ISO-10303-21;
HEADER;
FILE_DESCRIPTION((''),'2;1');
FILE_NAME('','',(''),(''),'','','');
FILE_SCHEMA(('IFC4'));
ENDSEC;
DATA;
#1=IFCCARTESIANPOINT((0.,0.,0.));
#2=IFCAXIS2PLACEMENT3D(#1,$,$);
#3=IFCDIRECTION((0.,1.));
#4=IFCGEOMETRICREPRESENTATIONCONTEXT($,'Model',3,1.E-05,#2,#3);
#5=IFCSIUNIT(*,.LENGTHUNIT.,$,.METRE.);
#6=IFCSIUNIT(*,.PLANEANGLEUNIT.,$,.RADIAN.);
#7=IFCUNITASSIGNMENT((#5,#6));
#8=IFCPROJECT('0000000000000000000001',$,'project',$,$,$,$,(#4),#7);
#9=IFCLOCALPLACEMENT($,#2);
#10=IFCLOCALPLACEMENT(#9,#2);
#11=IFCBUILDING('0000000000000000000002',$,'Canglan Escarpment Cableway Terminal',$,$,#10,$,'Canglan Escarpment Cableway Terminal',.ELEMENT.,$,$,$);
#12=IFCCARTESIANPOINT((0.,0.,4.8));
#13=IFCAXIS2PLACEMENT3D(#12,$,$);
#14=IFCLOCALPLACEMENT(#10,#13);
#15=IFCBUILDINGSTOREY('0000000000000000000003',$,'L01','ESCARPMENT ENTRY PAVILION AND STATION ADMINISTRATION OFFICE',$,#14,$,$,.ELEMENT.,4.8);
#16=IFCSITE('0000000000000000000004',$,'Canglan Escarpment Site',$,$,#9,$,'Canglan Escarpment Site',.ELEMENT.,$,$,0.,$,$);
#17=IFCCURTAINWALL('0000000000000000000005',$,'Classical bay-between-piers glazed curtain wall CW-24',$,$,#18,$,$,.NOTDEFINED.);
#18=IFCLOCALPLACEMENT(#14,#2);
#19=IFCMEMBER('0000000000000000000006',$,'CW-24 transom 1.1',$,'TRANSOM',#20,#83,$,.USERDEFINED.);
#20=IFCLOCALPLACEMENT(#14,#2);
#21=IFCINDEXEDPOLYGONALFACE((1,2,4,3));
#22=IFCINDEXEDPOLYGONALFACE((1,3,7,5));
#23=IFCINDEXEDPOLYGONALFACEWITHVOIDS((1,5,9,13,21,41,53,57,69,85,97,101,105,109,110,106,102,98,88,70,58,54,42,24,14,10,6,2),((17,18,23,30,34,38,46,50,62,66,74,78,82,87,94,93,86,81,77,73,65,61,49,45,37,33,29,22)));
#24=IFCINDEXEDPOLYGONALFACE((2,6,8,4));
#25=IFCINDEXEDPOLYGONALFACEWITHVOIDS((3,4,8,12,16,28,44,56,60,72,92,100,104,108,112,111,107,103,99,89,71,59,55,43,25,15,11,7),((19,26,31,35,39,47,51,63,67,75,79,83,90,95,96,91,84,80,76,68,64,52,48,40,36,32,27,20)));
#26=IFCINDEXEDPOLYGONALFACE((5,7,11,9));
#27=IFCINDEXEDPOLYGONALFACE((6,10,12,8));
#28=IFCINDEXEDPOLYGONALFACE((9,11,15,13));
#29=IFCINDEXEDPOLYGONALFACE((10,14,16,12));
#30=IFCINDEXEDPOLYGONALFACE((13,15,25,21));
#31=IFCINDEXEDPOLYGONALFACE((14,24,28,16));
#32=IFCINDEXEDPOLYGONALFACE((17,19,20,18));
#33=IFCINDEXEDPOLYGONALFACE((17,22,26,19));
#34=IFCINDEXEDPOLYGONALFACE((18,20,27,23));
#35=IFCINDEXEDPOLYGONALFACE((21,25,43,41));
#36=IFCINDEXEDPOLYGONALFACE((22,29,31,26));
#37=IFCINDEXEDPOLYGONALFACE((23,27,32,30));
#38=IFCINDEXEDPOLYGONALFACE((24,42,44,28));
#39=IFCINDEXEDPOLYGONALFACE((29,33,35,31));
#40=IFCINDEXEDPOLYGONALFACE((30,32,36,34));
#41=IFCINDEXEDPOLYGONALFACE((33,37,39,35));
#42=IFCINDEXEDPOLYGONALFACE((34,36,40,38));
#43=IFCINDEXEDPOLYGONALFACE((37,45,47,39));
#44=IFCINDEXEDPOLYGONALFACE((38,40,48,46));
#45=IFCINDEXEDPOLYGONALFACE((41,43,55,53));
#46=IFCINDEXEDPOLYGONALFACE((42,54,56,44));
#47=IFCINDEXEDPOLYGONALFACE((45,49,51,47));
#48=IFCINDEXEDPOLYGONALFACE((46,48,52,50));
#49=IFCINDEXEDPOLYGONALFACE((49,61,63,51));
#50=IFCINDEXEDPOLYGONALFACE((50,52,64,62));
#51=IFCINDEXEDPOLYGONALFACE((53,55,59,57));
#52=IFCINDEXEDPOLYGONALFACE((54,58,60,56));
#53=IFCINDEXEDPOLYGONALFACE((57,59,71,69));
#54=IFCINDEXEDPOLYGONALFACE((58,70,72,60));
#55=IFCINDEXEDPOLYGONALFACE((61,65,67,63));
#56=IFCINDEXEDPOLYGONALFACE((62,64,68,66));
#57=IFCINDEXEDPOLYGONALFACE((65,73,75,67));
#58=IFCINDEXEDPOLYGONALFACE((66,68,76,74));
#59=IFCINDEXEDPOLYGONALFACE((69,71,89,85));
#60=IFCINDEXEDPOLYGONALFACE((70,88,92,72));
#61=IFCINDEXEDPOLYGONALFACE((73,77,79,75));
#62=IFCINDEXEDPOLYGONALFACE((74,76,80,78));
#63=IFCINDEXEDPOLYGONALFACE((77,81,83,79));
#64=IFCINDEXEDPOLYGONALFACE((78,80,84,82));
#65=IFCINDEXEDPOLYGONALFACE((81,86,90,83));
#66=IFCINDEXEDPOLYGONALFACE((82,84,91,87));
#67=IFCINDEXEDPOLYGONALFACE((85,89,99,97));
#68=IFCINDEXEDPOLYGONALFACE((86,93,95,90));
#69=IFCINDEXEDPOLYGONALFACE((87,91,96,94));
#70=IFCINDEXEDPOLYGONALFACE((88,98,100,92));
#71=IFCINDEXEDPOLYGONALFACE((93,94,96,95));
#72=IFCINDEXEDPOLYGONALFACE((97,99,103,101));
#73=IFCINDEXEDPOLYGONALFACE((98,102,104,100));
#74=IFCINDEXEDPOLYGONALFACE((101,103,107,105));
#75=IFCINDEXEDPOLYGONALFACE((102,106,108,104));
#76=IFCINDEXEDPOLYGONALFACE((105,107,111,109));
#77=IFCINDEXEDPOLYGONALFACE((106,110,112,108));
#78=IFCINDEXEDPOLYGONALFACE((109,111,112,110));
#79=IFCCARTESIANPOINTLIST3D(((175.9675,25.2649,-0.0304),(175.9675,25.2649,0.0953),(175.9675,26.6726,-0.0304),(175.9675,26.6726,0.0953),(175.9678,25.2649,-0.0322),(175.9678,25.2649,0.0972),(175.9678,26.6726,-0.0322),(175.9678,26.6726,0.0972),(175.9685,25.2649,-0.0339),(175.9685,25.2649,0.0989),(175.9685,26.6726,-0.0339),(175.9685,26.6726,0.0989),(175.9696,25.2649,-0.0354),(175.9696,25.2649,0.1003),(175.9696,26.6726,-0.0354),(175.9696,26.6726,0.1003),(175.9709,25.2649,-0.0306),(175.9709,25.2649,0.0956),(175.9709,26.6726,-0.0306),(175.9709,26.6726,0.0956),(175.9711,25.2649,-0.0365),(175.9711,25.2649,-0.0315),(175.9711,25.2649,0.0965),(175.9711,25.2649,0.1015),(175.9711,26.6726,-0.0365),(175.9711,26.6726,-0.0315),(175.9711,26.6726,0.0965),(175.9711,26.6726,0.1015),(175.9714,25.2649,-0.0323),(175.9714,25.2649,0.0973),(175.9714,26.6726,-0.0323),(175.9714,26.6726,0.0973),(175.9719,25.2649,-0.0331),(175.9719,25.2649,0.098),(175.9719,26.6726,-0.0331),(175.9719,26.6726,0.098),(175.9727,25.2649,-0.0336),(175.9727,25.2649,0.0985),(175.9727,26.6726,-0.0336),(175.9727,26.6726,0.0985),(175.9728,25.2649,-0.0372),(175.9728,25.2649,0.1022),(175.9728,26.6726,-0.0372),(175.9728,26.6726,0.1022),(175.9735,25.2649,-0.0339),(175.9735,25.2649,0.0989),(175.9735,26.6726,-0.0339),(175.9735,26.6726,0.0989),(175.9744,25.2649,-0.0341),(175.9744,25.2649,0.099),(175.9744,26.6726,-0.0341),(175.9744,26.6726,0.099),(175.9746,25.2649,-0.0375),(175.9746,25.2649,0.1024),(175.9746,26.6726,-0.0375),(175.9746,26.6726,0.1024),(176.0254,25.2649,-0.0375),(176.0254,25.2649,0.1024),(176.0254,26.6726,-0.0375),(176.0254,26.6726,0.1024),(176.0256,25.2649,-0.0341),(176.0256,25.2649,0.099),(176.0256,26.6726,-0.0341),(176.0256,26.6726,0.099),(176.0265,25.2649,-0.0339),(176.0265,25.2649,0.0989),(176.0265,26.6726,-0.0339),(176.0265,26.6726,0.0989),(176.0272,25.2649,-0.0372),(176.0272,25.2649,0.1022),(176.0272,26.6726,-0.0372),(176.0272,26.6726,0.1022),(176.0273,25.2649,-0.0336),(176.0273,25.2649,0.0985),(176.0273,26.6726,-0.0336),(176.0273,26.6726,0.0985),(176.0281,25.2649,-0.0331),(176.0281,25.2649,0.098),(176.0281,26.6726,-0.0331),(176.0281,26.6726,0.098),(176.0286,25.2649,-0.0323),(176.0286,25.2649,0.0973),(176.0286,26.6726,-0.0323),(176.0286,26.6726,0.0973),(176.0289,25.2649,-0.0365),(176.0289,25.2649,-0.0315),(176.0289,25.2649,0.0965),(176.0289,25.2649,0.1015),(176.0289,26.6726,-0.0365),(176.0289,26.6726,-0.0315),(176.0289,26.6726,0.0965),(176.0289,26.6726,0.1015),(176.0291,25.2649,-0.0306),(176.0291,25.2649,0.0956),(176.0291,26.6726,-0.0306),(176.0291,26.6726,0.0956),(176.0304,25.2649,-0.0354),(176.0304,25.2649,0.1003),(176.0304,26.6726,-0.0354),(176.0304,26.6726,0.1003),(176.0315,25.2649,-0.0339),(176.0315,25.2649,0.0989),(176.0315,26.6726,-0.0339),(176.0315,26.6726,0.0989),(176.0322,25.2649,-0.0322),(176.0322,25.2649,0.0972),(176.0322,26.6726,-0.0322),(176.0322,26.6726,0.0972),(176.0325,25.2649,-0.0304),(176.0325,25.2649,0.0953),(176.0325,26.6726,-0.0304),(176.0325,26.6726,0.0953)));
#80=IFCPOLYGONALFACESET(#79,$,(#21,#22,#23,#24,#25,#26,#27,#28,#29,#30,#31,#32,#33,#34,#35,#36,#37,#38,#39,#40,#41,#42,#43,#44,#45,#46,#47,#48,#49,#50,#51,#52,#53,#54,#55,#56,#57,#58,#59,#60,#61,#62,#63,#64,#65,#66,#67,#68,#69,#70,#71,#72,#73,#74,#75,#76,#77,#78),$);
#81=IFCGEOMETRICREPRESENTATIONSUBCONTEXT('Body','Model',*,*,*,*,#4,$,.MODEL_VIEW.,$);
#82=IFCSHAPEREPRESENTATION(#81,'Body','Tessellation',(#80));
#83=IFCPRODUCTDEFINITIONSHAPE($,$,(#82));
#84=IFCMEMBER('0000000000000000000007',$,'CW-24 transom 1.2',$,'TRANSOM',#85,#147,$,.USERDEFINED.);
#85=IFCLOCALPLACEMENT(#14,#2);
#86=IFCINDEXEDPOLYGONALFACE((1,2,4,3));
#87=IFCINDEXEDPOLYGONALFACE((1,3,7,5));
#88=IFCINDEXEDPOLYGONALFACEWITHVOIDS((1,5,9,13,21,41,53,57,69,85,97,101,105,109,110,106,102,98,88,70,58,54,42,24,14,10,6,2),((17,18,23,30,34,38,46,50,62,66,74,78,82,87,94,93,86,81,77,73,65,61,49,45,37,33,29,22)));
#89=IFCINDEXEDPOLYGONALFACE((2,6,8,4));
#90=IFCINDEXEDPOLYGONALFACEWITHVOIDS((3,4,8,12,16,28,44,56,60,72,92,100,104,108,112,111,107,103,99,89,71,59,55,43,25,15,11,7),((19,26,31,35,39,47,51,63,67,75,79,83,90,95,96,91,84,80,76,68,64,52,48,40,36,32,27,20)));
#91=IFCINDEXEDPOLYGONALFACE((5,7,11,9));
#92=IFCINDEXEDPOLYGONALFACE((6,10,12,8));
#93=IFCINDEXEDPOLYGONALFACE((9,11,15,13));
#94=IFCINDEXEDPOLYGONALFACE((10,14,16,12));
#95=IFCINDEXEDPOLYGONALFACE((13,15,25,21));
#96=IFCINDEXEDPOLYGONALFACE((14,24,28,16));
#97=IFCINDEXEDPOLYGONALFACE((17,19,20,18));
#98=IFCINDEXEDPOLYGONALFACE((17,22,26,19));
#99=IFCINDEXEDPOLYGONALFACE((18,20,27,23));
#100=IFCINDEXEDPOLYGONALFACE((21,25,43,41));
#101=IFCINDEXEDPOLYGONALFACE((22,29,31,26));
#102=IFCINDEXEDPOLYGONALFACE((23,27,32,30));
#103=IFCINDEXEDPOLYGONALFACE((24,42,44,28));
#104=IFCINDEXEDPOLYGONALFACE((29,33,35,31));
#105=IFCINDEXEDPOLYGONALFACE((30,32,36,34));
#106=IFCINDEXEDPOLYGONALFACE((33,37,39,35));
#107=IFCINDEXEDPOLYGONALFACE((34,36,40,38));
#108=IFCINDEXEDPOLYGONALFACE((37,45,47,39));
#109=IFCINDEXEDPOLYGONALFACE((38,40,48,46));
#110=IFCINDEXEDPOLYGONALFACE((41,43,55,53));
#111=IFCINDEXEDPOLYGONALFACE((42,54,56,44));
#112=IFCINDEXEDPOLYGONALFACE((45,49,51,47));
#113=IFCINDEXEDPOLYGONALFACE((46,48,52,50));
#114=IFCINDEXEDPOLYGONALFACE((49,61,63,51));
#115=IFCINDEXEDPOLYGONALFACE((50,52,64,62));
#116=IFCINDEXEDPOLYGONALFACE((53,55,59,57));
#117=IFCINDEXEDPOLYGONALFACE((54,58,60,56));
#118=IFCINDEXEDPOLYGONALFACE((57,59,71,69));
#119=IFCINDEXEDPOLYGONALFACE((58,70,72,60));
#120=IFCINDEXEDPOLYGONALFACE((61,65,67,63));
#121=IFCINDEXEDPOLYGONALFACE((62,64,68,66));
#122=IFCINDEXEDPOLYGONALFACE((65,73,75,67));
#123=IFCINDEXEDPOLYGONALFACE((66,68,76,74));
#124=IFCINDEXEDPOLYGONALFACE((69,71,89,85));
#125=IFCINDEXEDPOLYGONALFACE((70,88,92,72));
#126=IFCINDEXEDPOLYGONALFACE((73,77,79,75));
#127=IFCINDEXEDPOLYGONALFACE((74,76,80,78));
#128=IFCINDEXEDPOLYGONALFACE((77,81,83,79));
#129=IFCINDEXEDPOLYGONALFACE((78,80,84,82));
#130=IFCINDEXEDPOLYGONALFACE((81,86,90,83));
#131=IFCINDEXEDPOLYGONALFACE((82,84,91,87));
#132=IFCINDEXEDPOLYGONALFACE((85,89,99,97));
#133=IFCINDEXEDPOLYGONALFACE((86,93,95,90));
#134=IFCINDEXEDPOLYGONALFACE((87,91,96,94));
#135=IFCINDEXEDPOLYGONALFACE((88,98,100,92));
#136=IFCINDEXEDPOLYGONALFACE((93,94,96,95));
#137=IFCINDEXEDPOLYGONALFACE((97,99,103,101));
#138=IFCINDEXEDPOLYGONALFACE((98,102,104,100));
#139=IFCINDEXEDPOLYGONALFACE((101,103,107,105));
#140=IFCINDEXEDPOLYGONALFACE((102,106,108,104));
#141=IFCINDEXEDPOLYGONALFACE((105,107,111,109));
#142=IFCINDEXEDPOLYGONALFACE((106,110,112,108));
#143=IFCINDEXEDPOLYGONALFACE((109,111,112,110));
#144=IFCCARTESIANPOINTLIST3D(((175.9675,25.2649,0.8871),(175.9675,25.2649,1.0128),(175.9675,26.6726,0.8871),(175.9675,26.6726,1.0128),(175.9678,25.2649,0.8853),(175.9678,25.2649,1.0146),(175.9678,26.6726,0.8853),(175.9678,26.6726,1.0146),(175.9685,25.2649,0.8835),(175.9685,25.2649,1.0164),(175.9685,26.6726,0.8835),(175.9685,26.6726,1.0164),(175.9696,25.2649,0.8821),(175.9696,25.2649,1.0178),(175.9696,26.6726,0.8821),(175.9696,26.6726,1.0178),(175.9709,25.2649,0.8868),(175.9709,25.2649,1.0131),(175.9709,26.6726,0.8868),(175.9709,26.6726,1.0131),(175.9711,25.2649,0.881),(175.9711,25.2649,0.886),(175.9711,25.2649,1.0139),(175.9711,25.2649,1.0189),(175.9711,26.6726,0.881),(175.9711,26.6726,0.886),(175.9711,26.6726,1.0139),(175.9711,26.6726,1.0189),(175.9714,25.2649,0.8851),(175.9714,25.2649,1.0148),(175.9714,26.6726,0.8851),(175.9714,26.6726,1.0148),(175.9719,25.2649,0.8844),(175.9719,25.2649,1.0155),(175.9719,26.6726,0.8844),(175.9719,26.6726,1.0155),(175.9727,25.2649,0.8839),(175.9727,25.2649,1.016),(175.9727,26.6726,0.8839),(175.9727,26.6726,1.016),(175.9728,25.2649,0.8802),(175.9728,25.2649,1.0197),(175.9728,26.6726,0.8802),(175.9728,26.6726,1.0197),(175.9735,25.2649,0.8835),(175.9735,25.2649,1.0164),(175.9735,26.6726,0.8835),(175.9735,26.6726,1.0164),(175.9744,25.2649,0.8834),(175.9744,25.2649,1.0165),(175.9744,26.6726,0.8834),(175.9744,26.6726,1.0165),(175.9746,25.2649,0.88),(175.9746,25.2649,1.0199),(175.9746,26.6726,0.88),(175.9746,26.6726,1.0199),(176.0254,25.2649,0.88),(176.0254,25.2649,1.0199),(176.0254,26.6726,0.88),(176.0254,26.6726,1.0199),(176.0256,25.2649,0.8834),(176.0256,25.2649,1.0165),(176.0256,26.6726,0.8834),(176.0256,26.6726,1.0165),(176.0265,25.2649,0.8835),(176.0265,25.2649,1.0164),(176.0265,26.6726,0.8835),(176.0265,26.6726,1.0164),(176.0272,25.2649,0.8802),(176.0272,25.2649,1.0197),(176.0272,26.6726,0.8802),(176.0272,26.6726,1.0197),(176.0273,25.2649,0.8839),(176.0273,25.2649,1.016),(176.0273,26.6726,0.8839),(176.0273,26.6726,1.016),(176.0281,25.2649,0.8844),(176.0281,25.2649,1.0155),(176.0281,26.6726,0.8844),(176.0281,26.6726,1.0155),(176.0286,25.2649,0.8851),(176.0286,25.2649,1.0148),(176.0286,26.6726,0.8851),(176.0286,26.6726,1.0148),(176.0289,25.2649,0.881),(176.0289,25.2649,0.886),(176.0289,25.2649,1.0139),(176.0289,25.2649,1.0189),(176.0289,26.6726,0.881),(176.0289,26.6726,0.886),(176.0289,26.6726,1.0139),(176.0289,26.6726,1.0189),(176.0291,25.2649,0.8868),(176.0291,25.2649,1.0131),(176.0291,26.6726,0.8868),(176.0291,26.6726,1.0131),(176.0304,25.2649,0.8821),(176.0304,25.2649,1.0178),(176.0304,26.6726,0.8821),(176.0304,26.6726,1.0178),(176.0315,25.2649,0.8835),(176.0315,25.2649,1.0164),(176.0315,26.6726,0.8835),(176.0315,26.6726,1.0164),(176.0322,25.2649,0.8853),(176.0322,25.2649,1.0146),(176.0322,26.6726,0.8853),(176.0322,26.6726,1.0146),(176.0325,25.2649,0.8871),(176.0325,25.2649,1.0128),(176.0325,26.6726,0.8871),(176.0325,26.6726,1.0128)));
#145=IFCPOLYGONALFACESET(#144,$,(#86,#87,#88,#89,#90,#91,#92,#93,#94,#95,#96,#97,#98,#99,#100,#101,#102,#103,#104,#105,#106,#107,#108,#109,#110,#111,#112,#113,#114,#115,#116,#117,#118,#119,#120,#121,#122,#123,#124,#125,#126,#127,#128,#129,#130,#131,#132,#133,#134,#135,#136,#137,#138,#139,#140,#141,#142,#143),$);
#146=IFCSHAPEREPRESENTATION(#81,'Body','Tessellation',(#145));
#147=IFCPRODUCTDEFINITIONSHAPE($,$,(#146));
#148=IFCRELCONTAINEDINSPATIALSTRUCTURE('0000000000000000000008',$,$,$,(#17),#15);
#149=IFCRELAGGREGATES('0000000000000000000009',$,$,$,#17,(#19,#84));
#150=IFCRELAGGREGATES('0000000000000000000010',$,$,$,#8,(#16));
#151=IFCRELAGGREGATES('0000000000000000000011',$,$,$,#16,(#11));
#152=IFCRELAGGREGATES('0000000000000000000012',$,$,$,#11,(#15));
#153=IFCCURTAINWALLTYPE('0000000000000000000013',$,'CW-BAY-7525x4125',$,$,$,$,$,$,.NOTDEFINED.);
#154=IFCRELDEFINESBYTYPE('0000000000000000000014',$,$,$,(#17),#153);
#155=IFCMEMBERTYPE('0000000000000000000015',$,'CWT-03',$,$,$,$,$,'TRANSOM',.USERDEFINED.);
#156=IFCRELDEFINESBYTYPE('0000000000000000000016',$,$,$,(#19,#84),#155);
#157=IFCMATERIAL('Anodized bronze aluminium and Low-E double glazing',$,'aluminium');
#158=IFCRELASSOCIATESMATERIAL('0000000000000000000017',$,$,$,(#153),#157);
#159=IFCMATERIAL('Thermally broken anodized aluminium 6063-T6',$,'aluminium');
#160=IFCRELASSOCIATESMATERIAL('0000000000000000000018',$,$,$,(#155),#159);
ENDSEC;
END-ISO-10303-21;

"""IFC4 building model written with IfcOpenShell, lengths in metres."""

from ifc_helpers import new_model, si_unit, direction, frame, origin, origin_2d, place, context, subcontext, project, spatial, hollow_rectangle, extrude, material, material_profile, profile_set, type_object, element, aggregate, save


model = new_model("IFC4")

# Units and contexts
model_context = context("Model", 3, precision=1e-05, world=origin(), true_north=direction((0.0, 1.0)))
body_context = subcontext(model_context, "Body", "Model", "MODEL_VIEW")
ifc_project = project(units=[si_unit("LENGTHUNIT", "METRE"), si_unit("PLANEANGLEUNIT", "RADIAN")], contexts=[model_context])

# Site, building, storey
site_placement = place(None, origin())
site = spatial("IfcSite", under=ifc_project, at=site_placement, Name="Canglan Escarpment Site", LongName="Canglan Escarpment Site", CompositionType="ELEMENT", RefElevation=0.0)
building_placement = place(site_placement, origin())
building = spatial("IfcBuilding", under=site, at=building_placement, Name="Canglan Escarpment Cableway Terminal", LongName="Canglan Escarpment Cableway Terminal", CompositionType="ELEMENT")
storey_placement = place(building_placement, frame((0.0, 0.0, 4.8)))
storey = spatial("IfcBuildingStorey", under=building, at=storey_placement, Name="L01", Description="ESCARPMENT ENTRY PAVILION AND STATION ADMINISTRATION OFFICE", CompositionType="ELEMENT", Elevation=4.8)

# Curtain wall, members
ifc_material_1 = material(Name="Anodized bronze aluminium and Low-E double glazing", Category="aluminium")
curtain_wall_type = type_object("IfcCurtainWallType", Name="CW-BAY-7525x4125", PredefinedType="NOTDEFINED", material=ifc_material_1)
curtain_wall_placement = place(storey_placement, origin())
curtain_wall = element("IfcCurtainWall", 1, at=curtain_wall_placement, inside=storey, type_object=curtain_wall_type, Name="Classical bay-between-piers glazed curtain wall CW-24", PredefinedType="NOTDEFINED")
ifc_material_2 = material(Name="Thermally broken anodized aluminium 6063-T6", Category="aluminium")
ifc_material_profile_1 = material_profile(ifc_material_2, hollow_rectangle(XDim=0.0649, YDim=0.1399, WallThickness=0.0034, InnerFilletRadius=0.0034, OuterFilletRadius=0.0071, at=origin_2d()), Name="ALU-TRAN 65x140x3.5")
ifc_profile_set_1 = profile_set([ifc_material_profile_1], Name="Thermally broken anodized aluminium 6063-T6")
member_type_1 = type_object("IfcMemberType", Name="CWT-03", ElementType="TRANSOM", PredefinedType="USERDEFINED", material=ifc_profile_set_1)
member_1_placement = place(storey_placement, frame((176.0, 25.2649, 0.0325), z_axis=(0.0, 1.0, 0.0), x_axis=(-1.0, 0.0, 0.0)))
member_1 = element("IfcMember", 2, at=member_1_placement, type_object=member_type_1, Name="CW-24 transom 1.1", ObjectType="TRANSOM", PredefinedType="USERDEFINED", context=body_context, shape_type="SweptSolid", body=[
    extrude(hollow_rectangle(XDim=0.0649, YDim=0.1399, WallThickness=0.0034, InnerFilletRadius=0.0034, OuterFilletRadius=0.0071, at=origin_2d()), origin(), (0.0, 0.0, 1.0), 1.4077),
])
member_2_placement = place(storey_placement, frame((176.0, 25.2649, 0.95), z_axis=(0.0, 1.0, 0.0), x_axis=(-1.0, 0.0, 0.0)))
member_2 = element("IfcMember", 3, at=member_2_placement, type_object=member_type_1, Name="CW-24 transom 1.2", ObjectType="TRANSOM", PredefinedType="USERDEFINED", context=body_context, shape_type="SweptSolid", body=[
    extrude(hollow_rectangle(XDim=0.0649, YDim=0.1399, WallThickness=0.0034, InnerFilletRadius=0.0034, OuterFilletRadius=0.0071, at=origin_2d()), origin(), (0.0, 0.0, 1.0), 1.4077),
])

aggregate(curtain_wall, [member_1, member_2])

save(model, "model.ifc")
